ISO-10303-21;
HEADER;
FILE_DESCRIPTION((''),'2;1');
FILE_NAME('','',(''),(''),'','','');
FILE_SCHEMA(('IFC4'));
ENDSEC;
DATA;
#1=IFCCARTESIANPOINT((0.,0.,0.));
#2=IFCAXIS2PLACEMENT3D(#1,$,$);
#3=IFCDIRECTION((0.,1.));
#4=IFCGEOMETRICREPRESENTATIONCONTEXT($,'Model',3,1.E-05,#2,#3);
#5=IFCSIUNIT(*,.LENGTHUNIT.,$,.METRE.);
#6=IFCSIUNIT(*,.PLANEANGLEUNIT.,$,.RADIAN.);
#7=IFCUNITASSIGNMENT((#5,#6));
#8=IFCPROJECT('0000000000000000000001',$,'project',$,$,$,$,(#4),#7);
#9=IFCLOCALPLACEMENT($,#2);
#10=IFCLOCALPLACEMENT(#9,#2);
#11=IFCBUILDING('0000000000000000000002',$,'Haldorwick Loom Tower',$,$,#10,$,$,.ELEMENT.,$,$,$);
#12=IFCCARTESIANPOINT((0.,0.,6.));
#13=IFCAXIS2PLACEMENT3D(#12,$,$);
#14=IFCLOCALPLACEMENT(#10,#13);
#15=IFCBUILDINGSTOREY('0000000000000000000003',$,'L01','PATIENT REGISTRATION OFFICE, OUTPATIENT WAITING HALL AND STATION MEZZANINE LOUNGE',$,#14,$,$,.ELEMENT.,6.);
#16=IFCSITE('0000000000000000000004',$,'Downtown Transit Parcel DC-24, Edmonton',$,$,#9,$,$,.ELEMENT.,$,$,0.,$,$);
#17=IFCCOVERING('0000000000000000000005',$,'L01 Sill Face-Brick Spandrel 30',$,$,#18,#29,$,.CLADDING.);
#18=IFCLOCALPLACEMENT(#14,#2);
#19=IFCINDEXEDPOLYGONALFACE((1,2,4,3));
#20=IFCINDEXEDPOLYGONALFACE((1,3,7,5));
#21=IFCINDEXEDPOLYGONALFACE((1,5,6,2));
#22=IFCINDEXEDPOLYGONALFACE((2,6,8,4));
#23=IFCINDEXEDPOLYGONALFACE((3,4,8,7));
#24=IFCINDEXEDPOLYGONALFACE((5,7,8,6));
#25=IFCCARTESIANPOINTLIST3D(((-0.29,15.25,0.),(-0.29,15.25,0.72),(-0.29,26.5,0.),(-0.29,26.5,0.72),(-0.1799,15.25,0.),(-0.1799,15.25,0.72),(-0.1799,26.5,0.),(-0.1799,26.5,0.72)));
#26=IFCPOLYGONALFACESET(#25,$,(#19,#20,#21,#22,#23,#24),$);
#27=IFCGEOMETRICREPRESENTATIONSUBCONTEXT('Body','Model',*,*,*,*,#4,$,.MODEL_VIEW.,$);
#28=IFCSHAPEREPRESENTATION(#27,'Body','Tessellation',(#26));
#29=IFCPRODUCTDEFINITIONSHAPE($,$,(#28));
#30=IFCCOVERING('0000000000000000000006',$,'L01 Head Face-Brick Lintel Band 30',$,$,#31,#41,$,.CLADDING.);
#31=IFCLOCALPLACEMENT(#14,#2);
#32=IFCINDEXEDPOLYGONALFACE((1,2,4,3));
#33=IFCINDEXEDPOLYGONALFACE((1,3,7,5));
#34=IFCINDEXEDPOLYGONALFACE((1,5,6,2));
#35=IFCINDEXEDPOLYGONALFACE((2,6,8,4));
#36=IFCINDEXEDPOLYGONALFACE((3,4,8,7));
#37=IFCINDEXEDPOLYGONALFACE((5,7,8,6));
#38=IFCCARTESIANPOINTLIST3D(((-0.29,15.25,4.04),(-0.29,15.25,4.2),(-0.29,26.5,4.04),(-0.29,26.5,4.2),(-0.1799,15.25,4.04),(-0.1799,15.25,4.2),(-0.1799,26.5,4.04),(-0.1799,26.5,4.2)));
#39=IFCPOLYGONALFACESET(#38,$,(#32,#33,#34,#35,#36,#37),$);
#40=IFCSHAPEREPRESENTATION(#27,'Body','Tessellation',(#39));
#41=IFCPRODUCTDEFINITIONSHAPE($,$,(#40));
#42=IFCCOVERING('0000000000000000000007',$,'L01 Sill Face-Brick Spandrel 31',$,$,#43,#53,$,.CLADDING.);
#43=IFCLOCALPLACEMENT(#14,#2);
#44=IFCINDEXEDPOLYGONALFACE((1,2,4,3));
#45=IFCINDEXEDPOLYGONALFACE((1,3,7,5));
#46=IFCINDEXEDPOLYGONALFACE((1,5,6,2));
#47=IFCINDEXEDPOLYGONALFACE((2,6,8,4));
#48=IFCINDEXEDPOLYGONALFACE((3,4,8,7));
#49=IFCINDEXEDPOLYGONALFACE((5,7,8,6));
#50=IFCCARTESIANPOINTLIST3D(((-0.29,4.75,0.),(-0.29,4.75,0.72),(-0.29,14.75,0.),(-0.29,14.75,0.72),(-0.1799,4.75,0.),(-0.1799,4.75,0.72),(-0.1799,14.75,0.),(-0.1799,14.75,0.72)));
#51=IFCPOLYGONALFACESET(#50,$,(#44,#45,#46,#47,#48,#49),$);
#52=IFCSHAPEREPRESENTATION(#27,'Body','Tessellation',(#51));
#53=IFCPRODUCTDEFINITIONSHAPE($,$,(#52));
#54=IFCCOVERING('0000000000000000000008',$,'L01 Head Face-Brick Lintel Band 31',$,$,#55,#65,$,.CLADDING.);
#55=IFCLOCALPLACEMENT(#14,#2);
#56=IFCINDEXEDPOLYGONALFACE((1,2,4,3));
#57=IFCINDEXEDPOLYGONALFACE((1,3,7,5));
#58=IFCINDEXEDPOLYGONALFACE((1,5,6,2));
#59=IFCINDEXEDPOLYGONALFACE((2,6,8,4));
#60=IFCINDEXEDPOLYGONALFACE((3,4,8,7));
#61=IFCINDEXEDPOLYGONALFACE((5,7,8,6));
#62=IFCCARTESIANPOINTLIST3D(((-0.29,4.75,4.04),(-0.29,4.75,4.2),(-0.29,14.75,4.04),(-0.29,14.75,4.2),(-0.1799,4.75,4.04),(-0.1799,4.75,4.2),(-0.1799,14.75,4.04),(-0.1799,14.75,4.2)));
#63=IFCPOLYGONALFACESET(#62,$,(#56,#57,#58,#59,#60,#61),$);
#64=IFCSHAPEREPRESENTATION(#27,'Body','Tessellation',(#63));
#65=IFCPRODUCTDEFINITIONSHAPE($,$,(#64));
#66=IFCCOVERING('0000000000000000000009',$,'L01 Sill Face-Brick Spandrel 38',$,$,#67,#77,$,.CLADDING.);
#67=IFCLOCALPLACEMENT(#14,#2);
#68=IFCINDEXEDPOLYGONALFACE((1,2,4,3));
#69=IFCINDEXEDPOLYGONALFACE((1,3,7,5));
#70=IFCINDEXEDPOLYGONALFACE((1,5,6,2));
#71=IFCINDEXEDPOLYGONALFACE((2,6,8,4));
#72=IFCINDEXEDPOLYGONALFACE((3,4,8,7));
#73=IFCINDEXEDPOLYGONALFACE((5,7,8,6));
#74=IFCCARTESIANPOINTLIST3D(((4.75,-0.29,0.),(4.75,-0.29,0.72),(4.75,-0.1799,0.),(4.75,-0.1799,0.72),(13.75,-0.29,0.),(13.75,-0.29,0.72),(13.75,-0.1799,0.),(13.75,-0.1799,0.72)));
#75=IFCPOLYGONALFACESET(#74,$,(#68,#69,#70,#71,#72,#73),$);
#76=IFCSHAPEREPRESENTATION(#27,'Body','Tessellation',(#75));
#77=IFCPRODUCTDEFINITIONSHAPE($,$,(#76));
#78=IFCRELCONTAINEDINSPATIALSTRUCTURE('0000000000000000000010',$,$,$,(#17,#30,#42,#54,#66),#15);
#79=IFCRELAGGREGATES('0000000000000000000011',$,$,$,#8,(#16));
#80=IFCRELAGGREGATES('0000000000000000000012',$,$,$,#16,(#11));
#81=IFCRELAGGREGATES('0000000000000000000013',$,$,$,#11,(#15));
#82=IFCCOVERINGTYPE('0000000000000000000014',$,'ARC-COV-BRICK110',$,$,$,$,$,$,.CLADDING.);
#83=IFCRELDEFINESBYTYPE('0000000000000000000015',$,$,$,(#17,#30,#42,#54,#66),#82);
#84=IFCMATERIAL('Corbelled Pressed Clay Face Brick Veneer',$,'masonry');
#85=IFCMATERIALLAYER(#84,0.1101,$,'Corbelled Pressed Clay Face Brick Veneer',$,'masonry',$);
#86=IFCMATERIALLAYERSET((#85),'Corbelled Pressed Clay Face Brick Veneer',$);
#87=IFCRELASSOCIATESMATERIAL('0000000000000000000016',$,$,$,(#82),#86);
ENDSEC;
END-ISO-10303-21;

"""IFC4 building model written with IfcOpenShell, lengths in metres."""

from ifc_helpers import new_model, si_unit, direction, frame, origin, place, context, subcontext, project, spatial, polyline, outline, extrude, material, layer, layer_set, type_object, element, save


model = new_model("IFC4")

# Units and contexts
model_context = context("Model", 3, precision=1e-05, world=origin(), true_north=direction((0.0, 1.0)))
body_context = subcontext(model_context, "Body", "Model", "MODEL_VIEW")
ifc_project = project(units=[si_unit("LENGTHUNIT", "METRE"), si_unit("PLANEANGLEUNIT", "RADIAN")], contexts=[model_context])

# Site, building, storey
site_placement = place(None, origin())
site = spatial("IfcSite", under=ifc_project, at=site_placement, Name="Downtown Transit Parcel DC-24, Edmonton", CompositionType="ELEMENT", RefElevation=0.0)
building_placement = place(site_placement, origin())
building = spatial("IfcBuilding", under=site, at=building_placement, Name="Haldorwick Loom Tower", CompositionType="ELEMENT")
storey_placement = place(building_placement, frame((0.0, 0.0, 6.0)))
storey = spatial("IfcBuildingStorey", under=building, at=storey_placement, Name="L01", Description="PATIENT REGISTRATION OFFICE, OUTPATIENT WAITING HALL AND STATION MEZZANINE LOUNGE", CompositionType="ELEMENT", Elevation=6.0)

# Coverings
ifc_material_1 = material(Name="Corbelled Pressed Clay Face Brick Veneer", Category="masonry")
ifc_layer_1 = layer(ifc_material_1, 0.1101, Name="Corbelled Pressed Clay Face Brick Veneer", Category="masonry")
ifc_layer_set_1 = layer_set([ifc_layer_1], Name="Corbelled Pressed Clay Face Brick Veneer")
covering_type = type_object("IfcCoveringType", Name="ARC-COV-BRICK110", PredefinedType="CLADDING", material=ifc_layer_set_1)
covering_1_placement = place(storey_placement, origin())
element("IfcCovering", 1, at=covering_1_placement, inside=storey, type_object=covering_type, Name="L01 Sill Face-Brick Spandrel 30", PredefinedType="CLADDING", context=body_context, shape_type="SweptSolid", body=[
    extrude(outline(polyline([(-0.29, 26.5), (-0.29, 15.25), (-0.1799, 15.25), (-0.1799, 26.5), (-0.29, 26.5)])), origin(), (0.0, 0.0, 1.0), 0.72),
])
covering_2_placement = place(storey_placement, frame((0.0, 0.0, 4.04)))
element("IfcCovering", 2, at=covering_2_placement, inside=storey, type_object=covering_type, Name="L01 Head Face-Brick Lintel Band 30", PredefinedType="CLADDING", context=body_context, shape_type="SweptSolid", body=[
    extrude(outline(polyline([(-0.29, 26.5), (-0.29, 15.25), (-0.1799, 15.25), (-0.1799, 26.5), (-0.29, 26.5)])), origin(), (0.0, 0.0, 1.0), 0.1599),
])
covering_3_placement = place(storey_placement, origin())
element("IfcCovering", 3, at=covering_3_placement, inside=storey, type_object=covering_type, Name="L01 Sill Face-Brick Spandrel 31", PredefinedType="CLADDING", context=body_context, shape_type="SweptSolid", body=[
    extrude(outline(polyline([(-0.29, 14.75), (-0.29, 4.75), (-0.1799, 4.75), (-0.1799, 14.75), (-0.29, 14.75)])), origin(), (0.0, 0.0, 1.0), 0.72),
])
covering_4_placement = place(storey_placement, frame((0.0, 0.0, 4.04)))
element("IfcCovering", 4, at=covering_4_placement, inside=storey, type_object=covering_type, Name="L01 Head Face-Brick Lintel Band 31", PredefinedType="CLADDING", context=body_context, shape_type="SweptSolid", body=[
    extrude(outline(polyline([(-0.29, 14.75), (-0.29, 4.75), (-0.1799, 4.75), (-0.1799, 14.75), (-0.29, 14.75)])), origin(), (0.0, 0.0, 1.0), 0.1599),
])
covering_5_placement = place(storey_placement, origin())
element("IfcCovering", 5, at=covering_5_placement, inside=storey, type_object=covering_type, Name="L01 Sill Face-Brick Spandrel 38", PredefinedType="CLADDING", context=body_context, shape_type="SweptSolid", body=[
    extrude(outline(polyline([(4.75, -0.29), (13.75, -0.29), (13.75, -0.1799), (4.75, -0.1799), (4.75, -0.29)])), origin(), (0.0, 0.0, 1.0), 0.72),
])

save(model, "model.ifc")
